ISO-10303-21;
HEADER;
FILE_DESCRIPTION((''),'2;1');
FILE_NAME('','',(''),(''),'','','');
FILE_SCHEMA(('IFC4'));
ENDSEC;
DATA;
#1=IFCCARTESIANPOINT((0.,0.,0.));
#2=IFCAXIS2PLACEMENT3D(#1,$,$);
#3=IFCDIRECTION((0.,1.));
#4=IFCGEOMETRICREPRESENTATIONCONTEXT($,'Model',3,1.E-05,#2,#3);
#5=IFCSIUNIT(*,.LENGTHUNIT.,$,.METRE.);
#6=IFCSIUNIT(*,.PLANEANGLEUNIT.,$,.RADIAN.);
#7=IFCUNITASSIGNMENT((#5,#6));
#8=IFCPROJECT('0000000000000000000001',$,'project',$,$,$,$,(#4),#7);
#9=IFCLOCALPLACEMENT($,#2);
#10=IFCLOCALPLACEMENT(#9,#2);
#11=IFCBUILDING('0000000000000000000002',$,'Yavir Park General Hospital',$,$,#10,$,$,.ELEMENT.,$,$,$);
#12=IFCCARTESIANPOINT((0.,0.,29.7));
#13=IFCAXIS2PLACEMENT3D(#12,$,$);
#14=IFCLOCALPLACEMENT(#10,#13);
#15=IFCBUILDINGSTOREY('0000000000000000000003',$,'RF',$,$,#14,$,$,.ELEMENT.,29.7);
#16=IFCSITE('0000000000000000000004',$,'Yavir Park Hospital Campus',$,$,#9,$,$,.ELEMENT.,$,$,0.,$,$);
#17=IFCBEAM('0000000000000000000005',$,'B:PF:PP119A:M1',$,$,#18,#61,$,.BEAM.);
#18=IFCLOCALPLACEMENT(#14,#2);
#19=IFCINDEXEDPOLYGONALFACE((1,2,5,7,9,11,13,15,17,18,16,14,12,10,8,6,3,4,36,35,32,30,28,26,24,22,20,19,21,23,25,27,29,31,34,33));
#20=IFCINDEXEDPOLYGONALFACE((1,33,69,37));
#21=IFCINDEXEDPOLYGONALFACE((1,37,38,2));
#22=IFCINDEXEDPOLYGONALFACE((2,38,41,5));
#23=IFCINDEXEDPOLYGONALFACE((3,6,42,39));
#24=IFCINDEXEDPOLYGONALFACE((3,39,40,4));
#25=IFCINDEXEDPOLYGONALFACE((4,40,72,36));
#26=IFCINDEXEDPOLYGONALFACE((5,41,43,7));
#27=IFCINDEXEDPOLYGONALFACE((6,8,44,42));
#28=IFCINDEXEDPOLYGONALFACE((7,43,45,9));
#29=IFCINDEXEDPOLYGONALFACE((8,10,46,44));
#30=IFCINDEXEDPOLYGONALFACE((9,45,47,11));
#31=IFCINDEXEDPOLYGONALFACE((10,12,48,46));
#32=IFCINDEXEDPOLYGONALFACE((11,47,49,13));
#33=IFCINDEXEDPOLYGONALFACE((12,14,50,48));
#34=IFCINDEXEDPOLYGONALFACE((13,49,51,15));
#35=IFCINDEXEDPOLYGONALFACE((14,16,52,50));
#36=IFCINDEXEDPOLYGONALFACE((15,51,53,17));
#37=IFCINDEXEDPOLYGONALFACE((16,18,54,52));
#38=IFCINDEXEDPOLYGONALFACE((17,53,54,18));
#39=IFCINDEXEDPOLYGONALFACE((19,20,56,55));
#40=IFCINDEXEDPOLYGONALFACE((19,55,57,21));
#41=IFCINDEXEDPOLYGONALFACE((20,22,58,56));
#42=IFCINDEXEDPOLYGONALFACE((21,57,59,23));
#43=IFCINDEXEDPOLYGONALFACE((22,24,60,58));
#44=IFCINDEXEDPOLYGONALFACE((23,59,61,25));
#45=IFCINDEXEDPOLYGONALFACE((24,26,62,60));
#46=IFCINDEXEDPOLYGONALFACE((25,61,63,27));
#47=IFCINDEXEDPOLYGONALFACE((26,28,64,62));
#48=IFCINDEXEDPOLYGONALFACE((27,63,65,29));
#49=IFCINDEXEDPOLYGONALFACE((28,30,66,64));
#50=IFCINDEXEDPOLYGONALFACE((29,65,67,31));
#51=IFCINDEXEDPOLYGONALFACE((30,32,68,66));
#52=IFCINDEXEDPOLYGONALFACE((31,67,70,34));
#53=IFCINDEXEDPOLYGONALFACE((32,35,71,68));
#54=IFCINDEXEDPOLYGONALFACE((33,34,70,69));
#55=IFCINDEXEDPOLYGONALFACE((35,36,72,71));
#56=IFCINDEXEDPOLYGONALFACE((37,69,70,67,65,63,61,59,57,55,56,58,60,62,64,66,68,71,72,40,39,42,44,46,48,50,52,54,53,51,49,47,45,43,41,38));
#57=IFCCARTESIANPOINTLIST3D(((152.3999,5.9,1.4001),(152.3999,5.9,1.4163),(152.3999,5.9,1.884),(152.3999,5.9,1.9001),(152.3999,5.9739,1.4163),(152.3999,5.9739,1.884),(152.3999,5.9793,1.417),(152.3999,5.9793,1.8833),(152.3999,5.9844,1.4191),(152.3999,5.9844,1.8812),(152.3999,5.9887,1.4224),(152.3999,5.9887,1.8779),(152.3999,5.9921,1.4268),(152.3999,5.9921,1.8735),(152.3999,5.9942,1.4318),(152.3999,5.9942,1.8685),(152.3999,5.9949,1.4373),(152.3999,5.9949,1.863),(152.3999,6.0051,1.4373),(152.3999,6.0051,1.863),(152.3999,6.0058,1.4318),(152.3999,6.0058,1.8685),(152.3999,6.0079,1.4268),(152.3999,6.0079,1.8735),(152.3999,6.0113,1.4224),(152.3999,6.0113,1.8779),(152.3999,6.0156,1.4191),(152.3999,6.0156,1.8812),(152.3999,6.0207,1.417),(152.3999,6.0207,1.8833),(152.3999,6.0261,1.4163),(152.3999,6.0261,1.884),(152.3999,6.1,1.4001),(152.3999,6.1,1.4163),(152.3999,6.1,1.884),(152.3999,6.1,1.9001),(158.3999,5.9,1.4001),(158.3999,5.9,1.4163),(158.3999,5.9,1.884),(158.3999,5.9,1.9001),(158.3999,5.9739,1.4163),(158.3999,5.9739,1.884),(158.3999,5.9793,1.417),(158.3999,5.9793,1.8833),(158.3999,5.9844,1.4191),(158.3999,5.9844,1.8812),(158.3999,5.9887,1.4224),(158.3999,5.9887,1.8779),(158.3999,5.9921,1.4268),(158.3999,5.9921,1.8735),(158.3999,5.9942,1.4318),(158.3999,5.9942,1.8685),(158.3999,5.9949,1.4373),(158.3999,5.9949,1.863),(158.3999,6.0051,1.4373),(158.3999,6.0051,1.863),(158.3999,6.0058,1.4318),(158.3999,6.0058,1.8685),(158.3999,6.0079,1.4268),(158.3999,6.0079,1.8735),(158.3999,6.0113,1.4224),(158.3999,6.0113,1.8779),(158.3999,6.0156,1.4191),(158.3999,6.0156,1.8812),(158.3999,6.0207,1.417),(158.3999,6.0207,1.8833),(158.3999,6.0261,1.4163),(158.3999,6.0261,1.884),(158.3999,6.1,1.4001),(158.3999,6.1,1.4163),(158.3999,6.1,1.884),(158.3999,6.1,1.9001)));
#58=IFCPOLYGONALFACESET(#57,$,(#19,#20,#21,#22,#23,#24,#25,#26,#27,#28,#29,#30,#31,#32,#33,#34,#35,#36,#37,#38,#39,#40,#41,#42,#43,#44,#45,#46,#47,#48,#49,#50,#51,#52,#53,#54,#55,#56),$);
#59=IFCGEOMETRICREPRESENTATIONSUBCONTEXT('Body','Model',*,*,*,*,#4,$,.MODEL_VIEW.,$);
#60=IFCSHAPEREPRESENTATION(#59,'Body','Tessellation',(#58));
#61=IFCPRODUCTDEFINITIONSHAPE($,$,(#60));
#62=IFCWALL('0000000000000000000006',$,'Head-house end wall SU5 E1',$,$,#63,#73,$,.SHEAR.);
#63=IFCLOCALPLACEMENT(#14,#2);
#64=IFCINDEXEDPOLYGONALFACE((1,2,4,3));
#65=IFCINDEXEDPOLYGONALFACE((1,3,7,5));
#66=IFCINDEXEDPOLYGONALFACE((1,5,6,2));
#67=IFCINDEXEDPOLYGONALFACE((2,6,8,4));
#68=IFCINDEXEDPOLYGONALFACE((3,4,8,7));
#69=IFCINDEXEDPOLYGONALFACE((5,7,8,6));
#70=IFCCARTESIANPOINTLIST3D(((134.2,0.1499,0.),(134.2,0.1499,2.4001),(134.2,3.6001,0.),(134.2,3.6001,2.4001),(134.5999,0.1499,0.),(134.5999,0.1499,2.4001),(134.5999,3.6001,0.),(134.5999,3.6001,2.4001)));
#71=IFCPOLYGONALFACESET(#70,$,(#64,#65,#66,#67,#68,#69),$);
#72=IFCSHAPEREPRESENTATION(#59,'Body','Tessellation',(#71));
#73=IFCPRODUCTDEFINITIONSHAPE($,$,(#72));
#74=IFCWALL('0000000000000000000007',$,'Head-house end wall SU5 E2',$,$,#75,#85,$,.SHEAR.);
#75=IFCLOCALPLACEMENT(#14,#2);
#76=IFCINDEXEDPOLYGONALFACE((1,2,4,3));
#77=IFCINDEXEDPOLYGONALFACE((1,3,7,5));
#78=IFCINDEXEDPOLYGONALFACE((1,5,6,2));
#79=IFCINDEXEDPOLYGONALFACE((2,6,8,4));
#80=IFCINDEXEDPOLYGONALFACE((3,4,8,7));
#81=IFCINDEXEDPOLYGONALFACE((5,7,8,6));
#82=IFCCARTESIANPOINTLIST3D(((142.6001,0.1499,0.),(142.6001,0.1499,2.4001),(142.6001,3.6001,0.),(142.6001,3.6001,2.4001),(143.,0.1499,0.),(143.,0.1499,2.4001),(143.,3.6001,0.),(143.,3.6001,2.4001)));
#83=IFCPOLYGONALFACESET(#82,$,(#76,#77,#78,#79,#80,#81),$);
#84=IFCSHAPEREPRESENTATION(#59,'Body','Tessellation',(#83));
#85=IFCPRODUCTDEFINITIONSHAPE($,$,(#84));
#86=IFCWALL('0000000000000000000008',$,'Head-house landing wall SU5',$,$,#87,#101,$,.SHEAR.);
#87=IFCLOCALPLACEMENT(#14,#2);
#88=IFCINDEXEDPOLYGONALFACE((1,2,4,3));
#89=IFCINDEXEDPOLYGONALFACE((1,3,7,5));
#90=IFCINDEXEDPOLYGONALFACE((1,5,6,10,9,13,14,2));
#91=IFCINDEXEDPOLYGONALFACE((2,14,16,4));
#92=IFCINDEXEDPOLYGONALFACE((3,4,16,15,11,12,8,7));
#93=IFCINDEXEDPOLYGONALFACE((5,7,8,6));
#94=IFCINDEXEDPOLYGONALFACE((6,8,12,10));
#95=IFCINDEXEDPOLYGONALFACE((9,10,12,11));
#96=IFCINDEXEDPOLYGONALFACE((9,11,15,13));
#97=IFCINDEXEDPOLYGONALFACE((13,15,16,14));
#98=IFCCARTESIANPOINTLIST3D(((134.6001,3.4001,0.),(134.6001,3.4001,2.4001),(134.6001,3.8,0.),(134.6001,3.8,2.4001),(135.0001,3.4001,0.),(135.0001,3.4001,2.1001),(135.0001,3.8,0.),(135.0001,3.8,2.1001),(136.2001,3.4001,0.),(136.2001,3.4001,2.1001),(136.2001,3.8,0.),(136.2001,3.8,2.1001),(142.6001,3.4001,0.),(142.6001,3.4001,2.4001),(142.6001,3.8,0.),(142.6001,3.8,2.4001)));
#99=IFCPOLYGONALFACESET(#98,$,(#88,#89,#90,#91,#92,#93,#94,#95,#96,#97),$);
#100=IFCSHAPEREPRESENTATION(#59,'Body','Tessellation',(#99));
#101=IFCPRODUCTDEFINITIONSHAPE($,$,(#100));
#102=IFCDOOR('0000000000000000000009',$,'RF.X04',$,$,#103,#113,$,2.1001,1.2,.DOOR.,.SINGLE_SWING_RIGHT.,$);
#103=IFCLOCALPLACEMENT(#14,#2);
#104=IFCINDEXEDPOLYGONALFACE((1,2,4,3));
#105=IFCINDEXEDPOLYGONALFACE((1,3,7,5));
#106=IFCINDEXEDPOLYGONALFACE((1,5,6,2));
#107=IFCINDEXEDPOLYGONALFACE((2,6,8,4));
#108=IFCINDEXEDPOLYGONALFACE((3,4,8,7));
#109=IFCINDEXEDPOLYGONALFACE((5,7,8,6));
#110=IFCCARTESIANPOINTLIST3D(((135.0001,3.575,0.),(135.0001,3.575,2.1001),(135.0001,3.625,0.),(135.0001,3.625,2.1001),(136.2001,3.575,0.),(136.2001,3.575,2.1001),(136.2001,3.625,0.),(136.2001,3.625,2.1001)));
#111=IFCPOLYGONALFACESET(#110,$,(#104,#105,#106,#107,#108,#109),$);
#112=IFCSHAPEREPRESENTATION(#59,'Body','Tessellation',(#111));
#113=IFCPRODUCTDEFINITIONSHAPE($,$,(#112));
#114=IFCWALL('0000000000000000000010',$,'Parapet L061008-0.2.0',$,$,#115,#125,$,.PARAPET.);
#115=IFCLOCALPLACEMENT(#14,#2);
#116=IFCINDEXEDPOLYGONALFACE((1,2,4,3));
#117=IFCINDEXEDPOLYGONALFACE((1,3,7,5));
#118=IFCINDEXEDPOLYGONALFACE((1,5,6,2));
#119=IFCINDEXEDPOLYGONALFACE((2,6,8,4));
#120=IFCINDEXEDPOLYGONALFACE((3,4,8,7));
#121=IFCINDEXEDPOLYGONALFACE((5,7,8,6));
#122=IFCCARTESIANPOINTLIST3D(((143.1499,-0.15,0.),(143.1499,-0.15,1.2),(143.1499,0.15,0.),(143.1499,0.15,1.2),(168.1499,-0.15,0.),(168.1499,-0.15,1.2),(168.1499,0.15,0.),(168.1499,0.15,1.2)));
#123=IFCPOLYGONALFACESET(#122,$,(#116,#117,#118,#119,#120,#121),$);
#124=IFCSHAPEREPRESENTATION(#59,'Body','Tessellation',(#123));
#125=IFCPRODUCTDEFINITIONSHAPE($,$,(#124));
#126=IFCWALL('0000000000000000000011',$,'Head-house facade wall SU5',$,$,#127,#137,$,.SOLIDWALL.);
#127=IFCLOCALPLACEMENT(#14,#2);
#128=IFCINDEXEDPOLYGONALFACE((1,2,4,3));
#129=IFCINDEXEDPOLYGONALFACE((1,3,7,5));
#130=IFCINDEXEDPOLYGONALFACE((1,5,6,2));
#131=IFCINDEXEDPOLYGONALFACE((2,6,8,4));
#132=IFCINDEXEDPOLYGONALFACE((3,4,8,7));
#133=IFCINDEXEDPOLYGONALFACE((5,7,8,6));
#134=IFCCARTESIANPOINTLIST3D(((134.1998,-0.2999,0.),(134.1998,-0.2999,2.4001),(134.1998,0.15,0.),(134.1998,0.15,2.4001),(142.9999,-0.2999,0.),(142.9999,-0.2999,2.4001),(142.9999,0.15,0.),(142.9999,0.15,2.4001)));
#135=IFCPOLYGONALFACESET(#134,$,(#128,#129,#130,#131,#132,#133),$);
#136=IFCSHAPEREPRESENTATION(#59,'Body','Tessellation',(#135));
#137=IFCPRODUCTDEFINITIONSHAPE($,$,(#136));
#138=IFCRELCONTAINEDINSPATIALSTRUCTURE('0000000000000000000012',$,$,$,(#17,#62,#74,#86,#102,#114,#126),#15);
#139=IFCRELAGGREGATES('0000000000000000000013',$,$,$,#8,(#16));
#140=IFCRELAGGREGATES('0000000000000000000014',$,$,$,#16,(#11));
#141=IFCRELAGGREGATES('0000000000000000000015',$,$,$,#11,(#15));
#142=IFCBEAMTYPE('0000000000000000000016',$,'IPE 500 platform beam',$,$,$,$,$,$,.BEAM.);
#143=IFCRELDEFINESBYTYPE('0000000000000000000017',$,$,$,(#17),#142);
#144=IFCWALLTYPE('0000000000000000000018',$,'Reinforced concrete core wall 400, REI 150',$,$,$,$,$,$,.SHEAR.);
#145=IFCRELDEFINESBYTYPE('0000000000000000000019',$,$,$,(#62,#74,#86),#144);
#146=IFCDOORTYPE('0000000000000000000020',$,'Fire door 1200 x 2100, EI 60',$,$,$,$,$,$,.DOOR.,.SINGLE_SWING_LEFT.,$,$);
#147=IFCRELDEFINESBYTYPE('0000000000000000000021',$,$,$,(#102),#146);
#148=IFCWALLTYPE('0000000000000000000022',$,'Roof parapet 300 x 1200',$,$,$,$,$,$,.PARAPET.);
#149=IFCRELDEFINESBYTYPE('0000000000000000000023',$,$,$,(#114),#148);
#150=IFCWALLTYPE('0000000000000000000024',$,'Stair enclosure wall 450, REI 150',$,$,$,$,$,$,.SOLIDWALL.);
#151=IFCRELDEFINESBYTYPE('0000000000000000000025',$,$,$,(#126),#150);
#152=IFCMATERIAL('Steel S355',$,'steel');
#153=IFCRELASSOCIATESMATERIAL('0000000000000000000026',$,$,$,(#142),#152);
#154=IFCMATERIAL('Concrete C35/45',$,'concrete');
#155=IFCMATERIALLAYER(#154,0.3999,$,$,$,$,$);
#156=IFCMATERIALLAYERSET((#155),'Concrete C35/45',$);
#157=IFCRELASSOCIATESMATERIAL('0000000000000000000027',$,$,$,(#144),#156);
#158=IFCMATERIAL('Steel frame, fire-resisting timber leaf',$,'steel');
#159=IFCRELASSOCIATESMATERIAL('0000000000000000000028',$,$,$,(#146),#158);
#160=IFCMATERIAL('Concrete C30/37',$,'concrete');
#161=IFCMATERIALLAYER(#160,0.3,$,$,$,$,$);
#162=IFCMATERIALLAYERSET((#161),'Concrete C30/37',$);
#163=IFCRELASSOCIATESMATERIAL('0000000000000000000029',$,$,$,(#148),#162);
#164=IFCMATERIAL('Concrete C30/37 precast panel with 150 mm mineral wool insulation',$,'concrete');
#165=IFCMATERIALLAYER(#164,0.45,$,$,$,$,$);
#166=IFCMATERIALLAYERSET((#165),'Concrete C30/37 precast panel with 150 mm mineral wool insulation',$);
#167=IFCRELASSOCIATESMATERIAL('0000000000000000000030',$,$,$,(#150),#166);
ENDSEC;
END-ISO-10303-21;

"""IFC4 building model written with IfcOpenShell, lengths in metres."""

from ifc_helpers import new_model, si_unit, direction, frame, frame_2d, origin, origin_2d, place, context, subcontext, project, spatial, rectangle, i_section, extrude, material, layer, layer_set, material_profile, profile_set, type_object, element, fill, save


model = new_model("IFC4")

# Units and contexts
model_context = context("Model", 3, precision=1e-05, world=origin(), true_north=direction((0.0, 1.0)))
body_context = subcontext(model_context, "Body", "Model", "MODEL_VIEW")
ifc_project = project(units=[si_unit("LENGTHUNIT", "METRE"), si_unit("PLANEANGLEUNIT", "RADIAN")], contexts=[model_context])

# Site, building, storey
site_placement = place(None, origin())
site = spatial("IfcSite", under=ifc_project, at=site_placement, Name="Yavir Park Hospital Campus", CompositionType="ELEMENT", RefElevation=0.0)
building_placement = place(site_placement, origin())
building = spatial("IfcBuilding", under=site, at=building_placement, Name="Yavir Park General Hospital", CompositionType="ELEMENT")
storey_placement = place(building_placement, frame((0.0, 0.0, 29.7)))
storey = spatial("IfcBuildingStorey", under=building, at=storey_placement, Name="RF", CompositionType="ELEMENT", Elevation=29.7)

# Beam
ifc_material_1 = material(Name="Steel S355", Category="steel")
ifc_material_profile_1 = material_profile(ifc_material_1, i_section(OverallWidth=0.2, OverallDepth=0.5, WebThickness=0.0103, FlangeThickness=0.0161, FilletRadius=0.021, at=origin_2d()), Name="IPE500")
ifc_profile_set_1 = profile_set([ifc_material_profile_1], Name="Steel S355")
beam_type_1 = type_object("IfcBeamType", Name="IPE 500 platform beam", PredefinedType="BEAM", material=ifc_profile_set_1)
for number, where, z_axis, x_axis, name in (
    (1, (152.3999, 6.0, 1.6501), (1.0, 0.0, 0.0), (0.0, 1.0, 0.0), "B:PF:PP119A:M1"),
):
    element("IfcBeam", number, at=place(storey_placement, frame(where, z_axis=z_axis, x_axis=x_axis)), inside=storey, type_object=beam_type_1, Name=name, PredefinedType="BEAM", context=body_context, shape_type="SweptSolid", body=[
        extrude(i_section(OverallWidth=0.2, OverallDepth=0.5, WebThickness=0.0103, FlangeThickness=0.0161, FilletRadius=0.021, at=origin_2d()), origin(), (0.0, 0.0, 1.0), 6.0),
    ])

# Walls
ifc_material_2 = material(Name="Concrete C35/45", Category="concrete")
ifc_layer_1 = layer(ifc_material_2, 0.3999)
ifc_layer_set_1 = layer_set([ifc_layer_1], Name="Concrete C35/45")
wall_type_1 = type_object("IfcWallType", Name="Reinforced concrete core wall 400, REI 150", PredefinedType="SHEAR", material=ifc_layer_set_1)
for number, where, z_axis, x_axis, name in (
    (2, (134.3999, 0.1499, 0.0), (0.0, 0.0, 1.0), (0.0, 1.0, 0.0), "Head-house end wall SU5 E1"),
    (3, (142.8, 0.1499, 0.0), (0.0, 0.0, 1.0), (0.0, 1.0, 0.0), "Head-house end wall SU5 E2"),
):
    element("IfcWall", number, at=place(storey_placement, frame(where, z_axis=z_axis, x_axis=x_axis)), inside=storey, type_object=wall_type_1, Name=name, PredefinedType="SHEAR", context=body_context, shape_type="SweptSolid", body=[
        extrude(rectangle(XDim=3.4502, YDim=0.3999, at=frame_2d((1.7251, 0.0))), origin(), (0.0, 0.0, 1.0), 2.4001),
    ])

# Wall, opening, door
wall_1_placement = place(storey_placement, frame((134.6001, 3.6001, 0.0), z_axis=(0.0, 0.0, 1.0), x_axis=(1.0, 0.0, 0.0)))
wall_1 = element("IfcWall", 4, at=wall_1_placement, inside=storey, type_object=wall_type_1, Name="Head-house landing wall SU5", PredefinedType="SHEAR", context=body_context, shape_type="SweptSolid", body=[
    extrude(rectangle(XDim=8.0, YDim=0.3999, at=frame_2d((4.0, 0.0))), origin(), (0.0, 0.0, 1.0), 2.4001),
])
opening_placement = place(wall_1_placement, frame((0.3999, 0.0, 0.0)))
opening = element("IfcOpeningElement", 5, at=opening_placement, cuts=wall_1, PredefinedType="OPENING", context=body_context, shape_type="SweptSolid", body=[
    extrude(rectangle(XDim=1.2, YDim=2.1001, at=frame_2d((0.6001, 1.05))), frame((0.0, 0.21, 0.0), z_axis=(0.0, -1.0, 0.0), x_axis=(1.0, 0.0, 0.0)), (0.0, 0.0, 1.0), 0.4199),
])
ifc_material_3 = material(Name="Steel frame, fire-resisting timber leaf", Category="steel")
door_type = type_object("IfcDoorType", Name="Fire door 1200 x 2100, EI 60", OperationType="SINGLE_SWING_LEFT", PredefinedType="DOOR", material=ifc_material_3)
door_placement = place(opening_placement, origin())
door = element("IfcDoor", 6, at=door_placement, inside=storey, type_object=door_type, Name="RF.X04", OperationType="SINGLE_SWING_RIGHT", OverallHeight=2.1001, OverallWidth=1.2, PredefinedType="DOOR", context=body_context, shape_type="SweptSolid", body=[
    extrude(rectangle(XDim=1.2, YDim=2.1001, at=frame_2d((0.6001, 1.05))), frame((0.0, 0.0249, 0.0), z_axis=(0.0, -1.0, 0.0), x_axis=(1.0, 0.0, 0.0)), (0.0, 0.0, 1.0), 0.05),
])
fill(opening, door)

# Walls
ifc_material_4 = material(Name="Concrete C30/37", Category="concrete")
ifc_layer_2 = layer(ifc_material_4, 0.3)
ifc_layer_set_2 = layer_set([ifc_layer_2], Name="Concrete C30/37")
wall_type_2 = type_object("IfcWallType", Name="Roof parapet 300 x 1200", PredefinedType="PARAPET", material=ifc_layer_set_2)
wall_2_placement = place(storey_placement, frame((143.1499, 0.0, 0.0), z_axis=(0.0, 0.0, 1.0), x_axis=(1.0, 0.0, 0.0)))
element("IfcWall", 7, at=wall_2_placement, inside=storey, type_object=wall_type_2, Name="Parapet L061008-0.2.0", PredefinedType="PARAPET", context=body_context, shape_type="SweptSolid", body=[
    extrude(rectangle(XDim=25.0, YDim=0.3, at=frame_2d((12.5, 0.0))), origin(), (0.0, 0.0, 1.0), 1.2),
])
ifc_material_5 = material(Name="Concrete C30/37 precast panel with 150 mm mineral wool insulation", Category="concrete")
ifc_layer_3 = layer(ifc_material_5, 0.45)
ifc_layer_set_3 = layer_set([ifc_layer_3], Name="Concrete C30/37 precast panel with 150 mm mineral wool insulation")
wall_type_3 = type_object("IfcWallType", Name="Stair enclosure wall 450, REI 150", PredefinedType="SOLIDWALL", material=ifc_layer_set_3)
wall_3_placement = place(storey_placement, frame((134.2, -0.075, 0.0), z_axis=(0.0, 0.0, 1.0), x_axis=(1.0, 0.0, 0.0)))
element("IfcWall", 8, at=wall_3_placement, inside=storey, type_object=wall_type_3, Name="Head-house facade wall SU5", PredefinedType="SOLIDWALL", context=body_context, shape_type="SweptSolid", body=[
    extrude(rectangle(XDim=8.8, YDim=0.45, at=frame_2d((4.3999, 0.0))), origin(), (0.0, 0.0, 1.0), 2.4001),
])

save(model, "model.ifc")
